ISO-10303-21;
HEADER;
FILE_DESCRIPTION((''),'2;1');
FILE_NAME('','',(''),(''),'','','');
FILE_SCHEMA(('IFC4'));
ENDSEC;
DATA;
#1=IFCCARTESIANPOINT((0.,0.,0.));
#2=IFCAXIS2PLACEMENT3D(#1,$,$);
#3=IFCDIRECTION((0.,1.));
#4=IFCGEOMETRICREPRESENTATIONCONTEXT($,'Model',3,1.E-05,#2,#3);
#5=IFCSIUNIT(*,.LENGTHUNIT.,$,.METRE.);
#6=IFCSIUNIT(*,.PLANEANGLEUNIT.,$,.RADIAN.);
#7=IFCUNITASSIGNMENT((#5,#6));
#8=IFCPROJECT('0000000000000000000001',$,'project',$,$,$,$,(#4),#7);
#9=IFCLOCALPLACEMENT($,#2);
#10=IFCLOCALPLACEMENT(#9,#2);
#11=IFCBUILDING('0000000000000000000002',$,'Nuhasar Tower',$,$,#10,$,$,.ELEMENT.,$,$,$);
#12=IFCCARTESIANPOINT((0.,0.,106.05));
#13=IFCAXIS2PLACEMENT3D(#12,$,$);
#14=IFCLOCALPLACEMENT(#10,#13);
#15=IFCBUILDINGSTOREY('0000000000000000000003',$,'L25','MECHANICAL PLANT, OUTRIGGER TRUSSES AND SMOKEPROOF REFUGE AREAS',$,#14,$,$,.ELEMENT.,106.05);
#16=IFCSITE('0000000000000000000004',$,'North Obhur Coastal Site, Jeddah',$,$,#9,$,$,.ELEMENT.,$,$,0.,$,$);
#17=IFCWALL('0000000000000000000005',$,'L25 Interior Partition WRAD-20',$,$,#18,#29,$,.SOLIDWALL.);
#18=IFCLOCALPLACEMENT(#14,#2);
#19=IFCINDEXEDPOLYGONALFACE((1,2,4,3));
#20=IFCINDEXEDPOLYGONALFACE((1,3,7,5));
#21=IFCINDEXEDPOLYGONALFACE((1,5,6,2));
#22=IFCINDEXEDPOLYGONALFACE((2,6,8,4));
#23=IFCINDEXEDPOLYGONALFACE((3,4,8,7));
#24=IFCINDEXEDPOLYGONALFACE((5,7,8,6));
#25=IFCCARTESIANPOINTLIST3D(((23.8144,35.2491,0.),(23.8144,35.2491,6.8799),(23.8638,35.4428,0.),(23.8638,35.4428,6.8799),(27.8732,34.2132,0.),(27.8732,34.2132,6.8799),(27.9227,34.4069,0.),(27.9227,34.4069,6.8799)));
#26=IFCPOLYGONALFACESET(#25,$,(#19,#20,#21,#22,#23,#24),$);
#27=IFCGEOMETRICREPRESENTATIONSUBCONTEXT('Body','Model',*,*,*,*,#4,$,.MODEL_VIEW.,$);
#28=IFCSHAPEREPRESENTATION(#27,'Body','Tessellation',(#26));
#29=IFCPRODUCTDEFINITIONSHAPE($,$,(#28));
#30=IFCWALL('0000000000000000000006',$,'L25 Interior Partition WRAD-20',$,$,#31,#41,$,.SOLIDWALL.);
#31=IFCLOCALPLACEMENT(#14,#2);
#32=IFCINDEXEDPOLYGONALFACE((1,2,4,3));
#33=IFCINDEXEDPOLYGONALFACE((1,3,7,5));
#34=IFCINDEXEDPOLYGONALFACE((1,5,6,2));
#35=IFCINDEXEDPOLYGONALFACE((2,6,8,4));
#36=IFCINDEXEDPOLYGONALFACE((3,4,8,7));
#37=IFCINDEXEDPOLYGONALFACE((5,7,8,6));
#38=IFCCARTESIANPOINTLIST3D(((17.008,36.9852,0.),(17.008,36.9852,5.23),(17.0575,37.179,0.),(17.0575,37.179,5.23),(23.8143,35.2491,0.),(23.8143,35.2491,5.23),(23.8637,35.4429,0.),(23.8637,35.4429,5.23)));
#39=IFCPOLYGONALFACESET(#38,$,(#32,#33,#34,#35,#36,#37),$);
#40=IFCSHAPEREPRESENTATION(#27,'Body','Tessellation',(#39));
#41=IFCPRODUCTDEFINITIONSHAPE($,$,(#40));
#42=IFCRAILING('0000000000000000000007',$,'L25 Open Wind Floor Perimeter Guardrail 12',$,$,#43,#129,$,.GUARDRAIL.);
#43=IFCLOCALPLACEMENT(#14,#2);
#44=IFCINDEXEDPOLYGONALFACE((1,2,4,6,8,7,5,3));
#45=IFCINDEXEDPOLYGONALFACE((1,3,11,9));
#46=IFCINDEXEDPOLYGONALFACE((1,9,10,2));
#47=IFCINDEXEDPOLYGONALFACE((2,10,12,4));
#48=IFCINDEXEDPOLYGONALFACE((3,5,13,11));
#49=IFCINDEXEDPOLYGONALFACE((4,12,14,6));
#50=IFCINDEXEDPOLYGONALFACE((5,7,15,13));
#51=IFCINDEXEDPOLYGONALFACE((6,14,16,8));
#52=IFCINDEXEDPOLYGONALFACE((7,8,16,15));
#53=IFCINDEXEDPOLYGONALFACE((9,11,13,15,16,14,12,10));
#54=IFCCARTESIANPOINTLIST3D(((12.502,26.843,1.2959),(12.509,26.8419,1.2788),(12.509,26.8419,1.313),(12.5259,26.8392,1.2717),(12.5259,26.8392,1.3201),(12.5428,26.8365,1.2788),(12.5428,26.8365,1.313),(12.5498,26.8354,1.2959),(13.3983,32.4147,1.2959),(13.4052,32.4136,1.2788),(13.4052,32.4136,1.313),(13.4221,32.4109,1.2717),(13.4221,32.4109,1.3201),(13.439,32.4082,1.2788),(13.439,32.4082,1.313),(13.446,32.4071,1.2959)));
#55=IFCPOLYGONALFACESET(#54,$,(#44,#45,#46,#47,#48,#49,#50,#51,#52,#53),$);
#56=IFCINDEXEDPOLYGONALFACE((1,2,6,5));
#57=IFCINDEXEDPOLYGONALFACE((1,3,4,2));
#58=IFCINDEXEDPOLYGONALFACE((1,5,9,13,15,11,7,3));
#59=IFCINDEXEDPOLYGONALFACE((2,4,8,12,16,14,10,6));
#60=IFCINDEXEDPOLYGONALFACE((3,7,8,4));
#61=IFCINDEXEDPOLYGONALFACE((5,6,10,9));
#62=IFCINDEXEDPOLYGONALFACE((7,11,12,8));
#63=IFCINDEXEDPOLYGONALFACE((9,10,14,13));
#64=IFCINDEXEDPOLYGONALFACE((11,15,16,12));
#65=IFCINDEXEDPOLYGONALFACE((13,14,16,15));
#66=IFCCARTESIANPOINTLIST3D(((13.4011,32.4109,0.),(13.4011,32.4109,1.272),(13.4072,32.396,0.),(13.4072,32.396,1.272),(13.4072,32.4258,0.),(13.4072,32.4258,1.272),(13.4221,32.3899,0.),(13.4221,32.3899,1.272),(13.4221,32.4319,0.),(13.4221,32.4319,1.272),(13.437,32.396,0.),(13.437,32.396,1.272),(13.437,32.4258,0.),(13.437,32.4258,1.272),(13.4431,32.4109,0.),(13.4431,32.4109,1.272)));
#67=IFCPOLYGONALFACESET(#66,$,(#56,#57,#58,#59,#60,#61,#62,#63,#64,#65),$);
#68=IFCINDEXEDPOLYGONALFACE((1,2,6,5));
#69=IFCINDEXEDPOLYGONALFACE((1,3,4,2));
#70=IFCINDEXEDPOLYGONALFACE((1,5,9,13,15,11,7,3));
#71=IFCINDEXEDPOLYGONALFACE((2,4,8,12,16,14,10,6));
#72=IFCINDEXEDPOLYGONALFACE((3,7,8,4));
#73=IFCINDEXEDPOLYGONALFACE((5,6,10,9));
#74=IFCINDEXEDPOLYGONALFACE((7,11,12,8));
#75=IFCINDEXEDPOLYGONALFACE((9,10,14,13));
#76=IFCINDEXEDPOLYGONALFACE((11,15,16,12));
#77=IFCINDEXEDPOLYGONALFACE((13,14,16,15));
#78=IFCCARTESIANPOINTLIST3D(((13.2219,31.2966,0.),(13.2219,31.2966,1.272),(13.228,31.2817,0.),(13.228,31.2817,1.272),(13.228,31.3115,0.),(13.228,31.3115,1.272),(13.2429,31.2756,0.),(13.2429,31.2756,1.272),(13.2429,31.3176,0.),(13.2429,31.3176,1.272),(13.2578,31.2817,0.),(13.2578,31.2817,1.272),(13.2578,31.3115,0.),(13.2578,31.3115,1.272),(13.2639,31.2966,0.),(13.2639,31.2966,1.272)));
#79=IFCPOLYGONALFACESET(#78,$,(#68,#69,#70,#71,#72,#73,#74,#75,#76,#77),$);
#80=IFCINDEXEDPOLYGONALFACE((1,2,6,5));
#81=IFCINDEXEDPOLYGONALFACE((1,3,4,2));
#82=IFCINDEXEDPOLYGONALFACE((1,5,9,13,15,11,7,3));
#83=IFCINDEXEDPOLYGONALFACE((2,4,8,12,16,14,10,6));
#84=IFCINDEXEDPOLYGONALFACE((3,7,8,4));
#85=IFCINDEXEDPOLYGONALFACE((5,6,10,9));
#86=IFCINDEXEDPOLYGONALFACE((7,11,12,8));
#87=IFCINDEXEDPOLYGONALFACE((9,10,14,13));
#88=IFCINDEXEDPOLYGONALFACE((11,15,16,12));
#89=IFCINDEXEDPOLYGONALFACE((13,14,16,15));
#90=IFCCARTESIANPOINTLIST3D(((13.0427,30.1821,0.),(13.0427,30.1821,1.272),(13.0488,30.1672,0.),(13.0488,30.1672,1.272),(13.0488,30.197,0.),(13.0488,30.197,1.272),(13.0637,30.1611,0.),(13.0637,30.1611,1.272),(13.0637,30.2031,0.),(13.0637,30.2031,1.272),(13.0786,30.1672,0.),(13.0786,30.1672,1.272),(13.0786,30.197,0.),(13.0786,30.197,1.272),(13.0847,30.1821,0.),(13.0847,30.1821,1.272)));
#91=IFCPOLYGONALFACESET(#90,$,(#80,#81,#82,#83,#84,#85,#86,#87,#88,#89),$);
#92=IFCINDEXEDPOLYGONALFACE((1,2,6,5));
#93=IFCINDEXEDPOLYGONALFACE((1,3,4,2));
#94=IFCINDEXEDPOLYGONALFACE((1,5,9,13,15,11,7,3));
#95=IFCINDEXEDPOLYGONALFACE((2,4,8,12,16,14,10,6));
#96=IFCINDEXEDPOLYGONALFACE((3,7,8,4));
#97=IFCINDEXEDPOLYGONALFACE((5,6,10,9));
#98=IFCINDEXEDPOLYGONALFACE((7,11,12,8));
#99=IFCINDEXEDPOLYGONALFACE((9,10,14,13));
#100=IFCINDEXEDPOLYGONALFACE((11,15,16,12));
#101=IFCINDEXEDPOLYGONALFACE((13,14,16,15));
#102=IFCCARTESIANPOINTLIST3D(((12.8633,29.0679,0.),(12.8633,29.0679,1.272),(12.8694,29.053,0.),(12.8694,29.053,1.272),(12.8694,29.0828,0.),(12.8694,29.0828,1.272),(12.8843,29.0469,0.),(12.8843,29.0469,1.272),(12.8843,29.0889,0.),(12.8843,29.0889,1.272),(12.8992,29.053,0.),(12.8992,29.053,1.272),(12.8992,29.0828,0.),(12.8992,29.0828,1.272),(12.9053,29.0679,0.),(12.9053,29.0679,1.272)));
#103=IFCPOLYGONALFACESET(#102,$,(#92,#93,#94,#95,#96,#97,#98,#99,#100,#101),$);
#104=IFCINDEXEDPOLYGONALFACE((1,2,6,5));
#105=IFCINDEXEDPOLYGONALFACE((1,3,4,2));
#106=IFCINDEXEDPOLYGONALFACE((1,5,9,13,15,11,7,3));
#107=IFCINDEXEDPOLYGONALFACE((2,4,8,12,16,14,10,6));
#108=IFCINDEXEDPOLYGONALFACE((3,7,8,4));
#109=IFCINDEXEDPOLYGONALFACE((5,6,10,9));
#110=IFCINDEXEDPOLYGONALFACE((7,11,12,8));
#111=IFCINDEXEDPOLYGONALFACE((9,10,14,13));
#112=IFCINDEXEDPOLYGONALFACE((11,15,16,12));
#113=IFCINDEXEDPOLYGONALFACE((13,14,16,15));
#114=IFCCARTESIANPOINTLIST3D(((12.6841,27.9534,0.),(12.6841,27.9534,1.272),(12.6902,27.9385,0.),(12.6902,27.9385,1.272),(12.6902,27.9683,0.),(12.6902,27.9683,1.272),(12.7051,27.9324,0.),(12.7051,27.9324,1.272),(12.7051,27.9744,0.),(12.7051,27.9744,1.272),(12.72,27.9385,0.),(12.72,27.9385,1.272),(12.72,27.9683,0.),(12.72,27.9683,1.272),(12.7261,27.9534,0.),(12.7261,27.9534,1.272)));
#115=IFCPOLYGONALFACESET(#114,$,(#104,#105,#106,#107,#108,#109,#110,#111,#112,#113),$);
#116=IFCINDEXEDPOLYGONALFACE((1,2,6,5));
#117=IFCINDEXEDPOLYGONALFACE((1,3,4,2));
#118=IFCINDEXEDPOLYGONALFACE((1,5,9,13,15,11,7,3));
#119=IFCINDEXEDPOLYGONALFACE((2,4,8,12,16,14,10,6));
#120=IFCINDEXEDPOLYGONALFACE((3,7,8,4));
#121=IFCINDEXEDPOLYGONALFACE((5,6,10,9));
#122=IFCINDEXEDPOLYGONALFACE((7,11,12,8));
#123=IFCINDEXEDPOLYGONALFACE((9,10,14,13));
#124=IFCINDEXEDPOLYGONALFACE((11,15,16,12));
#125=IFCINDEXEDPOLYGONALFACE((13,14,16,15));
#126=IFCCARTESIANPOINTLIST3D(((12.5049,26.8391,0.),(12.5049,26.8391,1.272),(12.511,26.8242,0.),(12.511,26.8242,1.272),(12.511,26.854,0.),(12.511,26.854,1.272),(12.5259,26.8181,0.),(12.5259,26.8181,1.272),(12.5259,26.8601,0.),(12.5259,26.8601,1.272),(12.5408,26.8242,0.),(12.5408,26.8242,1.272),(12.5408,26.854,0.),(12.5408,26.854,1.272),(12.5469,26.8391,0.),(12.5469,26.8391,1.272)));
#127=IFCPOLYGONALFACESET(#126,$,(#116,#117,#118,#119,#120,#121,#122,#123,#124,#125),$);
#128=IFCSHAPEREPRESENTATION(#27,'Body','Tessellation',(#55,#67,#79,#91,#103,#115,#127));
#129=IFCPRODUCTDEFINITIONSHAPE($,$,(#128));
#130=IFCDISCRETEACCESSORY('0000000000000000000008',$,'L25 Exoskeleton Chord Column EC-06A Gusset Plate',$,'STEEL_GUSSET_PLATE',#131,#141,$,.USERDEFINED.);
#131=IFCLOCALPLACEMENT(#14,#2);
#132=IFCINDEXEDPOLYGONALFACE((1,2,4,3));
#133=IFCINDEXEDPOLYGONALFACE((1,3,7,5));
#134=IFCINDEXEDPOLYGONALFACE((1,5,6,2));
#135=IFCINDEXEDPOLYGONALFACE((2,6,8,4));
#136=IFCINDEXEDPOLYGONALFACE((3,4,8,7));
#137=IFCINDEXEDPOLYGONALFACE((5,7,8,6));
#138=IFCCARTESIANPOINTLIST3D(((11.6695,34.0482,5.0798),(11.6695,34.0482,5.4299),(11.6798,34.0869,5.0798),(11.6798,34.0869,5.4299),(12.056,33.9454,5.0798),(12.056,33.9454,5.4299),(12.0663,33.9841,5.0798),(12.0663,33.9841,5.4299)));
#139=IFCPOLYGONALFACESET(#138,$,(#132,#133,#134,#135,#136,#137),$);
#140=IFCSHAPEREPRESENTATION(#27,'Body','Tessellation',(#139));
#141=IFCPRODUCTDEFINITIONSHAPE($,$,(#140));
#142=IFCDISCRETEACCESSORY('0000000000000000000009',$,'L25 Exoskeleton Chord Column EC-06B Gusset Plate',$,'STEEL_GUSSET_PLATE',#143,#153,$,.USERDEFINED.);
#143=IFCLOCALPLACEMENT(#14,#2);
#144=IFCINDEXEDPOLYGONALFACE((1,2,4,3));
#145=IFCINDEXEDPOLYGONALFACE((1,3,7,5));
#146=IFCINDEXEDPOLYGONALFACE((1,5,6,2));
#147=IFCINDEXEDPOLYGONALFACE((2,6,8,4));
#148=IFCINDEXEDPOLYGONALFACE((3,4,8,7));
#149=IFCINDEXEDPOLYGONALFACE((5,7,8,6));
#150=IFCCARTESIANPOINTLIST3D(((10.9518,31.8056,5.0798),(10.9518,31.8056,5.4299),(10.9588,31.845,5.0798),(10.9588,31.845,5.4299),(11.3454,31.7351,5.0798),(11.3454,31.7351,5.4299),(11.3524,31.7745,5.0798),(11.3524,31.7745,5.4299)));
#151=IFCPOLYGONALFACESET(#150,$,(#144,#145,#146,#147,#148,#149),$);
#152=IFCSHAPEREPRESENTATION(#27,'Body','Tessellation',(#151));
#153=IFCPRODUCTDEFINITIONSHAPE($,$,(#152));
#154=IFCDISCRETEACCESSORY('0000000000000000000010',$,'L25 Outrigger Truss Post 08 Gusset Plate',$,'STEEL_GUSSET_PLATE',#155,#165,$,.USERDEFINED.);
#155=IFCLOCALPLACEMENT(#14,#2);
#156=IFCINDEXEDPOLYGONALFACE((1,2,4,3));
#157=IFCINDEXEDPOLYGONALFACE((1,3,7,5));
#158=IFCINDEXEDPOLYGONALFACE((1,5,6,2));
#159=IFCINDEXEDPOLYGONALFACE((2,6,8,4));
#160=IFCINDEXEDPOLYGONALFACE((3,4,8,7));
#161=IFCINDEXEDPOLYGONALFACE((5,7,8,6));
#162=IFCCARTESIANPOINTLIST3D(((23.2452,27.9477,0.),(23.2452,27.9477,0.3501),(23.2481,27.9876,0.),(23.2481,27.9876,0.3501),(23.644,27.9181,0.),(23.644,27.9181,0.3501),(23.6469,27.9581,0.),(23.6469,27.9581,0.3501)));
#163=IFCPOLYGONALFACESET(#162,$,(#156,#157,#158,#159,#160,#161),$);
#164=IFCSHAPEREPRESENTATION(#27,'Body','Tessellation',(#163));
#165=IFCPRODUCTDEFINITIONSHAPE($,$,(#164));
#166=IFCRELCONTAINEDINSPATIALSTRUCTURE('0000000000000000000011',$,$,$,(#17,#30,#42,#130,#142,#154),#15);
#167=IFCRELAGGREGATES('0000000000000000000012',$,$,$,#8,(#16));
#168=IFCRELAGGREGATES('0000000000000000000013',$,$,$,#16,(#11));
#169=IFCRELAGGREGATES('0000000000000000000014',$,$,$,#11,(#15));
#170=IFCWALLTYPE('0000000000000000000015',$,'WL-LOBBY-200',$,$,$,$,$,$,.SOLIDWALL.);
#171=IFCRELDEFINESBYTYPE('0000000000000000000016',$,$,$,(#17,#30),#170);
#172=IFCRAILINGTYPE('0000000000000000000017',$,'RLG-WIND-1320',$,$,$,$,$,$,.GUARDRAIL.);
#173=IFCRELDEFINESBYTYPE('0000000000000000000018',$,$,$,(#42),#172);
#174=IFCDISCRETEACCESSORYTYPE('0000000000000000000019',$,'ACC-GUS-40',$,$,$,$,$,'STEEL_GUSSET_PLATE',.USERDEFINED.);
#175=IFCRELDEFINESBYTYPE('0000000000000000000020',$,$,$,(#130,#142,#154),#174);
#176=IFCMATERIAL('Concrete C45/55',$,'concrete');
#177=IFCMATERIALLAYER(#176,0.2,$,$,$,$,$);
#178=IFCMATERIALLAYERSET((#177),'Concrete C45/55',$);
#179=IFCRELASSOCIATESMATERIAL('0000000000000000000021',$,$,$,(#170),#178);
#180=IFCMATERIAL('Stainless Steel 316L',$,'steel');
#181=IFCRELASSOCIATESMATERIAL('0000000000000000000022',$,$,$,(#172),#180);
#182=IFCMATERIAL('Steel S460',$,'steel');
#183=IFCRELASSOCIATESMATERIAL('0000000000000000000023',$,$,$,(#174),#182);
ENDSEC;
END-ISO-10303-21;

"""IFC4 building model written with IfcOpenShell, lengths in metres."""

from ifc_helpers import new_model, si_unit, direction, frame, frame_2d, origin, origin_2d, place, context, subcontext, project, spatial, polyline, rectangle, outline, extrude, material, layer, layer_set, type_object, element, save


model = new_model("IFC4")

# Units and contexts
model_context = context("Model", 3, precision=1e-05, world=origin(), true_north=direction((0.0, 1.0)))
body_context = subcontext(model_context, "Body", "Model", "MODEL_VIEW")
ifc_project = project(units=[si_unit("LENGTHUNIT", "METRE"), si_unit("PLANEANGLEUNIT", "RADIAN")], contexts=[model_context])

# Site, building, storey
site_placement = place(None, origin())
site = spatial("IfcSite", under=ifc_project, at=site_placement, Name="North Obhur Coastal Site, Jeddah", CompositionType="ELEMENT", RefElevation=0.0)
building_placement = place(site_placement, origin())
building = spatial("IfcBuilding", under=site, at=building_placement, Name="Nuhasar Tower", CompositionType="ELEMENT")
storey_placement = place(building_placement, frame((0.0, 0.0, 106.05)))
storey = spatial("IfcBuildingStorey", under=building, at=storey_placement, Name="L25", Description="MECHANICAL PLANT, OUTRIGGER TRUSSES AND SMOKEPROOF REFUGE AREAS", CompositionType="ELEMENT", Elevation=106.05)

# Shared definitions
ifc_material_1 = material(Name="Steel S460", Category="steel")

# Walls
ifc_material_2 = material(Name="Concrete C45/55", Category="concrete")
ifc_layer_1 = layer(ifc_material_2, 0.2)
ifc_layer_set_1 = layer_set([ifc_layer_1], Name="Concrete C45/55")
wall_type_1 = type_object("IfcWallType", Name="WL-LOBBY-200", PredefinedType="SOLIDWALL", material=ifc_layer_set_1)
wall_1_placement = place(storey_placement, frame((27.8979, 34.3101, 0.0), z_axis=(0.0, 0.0, 1.0), x_axis=(-0.968941, 0.247291, 0.0)))
element("IfcWall", 1, at=wall_1_placement, inside=storey, type_object=wall_type_1, Name="L25 Interior Partition WRAD-20", PredefinedType="SOLIDWALL", context=body_context, shape_type="SweptSolid", body=[
    extrude(rectangle(XDim=4.189, YDim=0.2, at=frame_2d((2.0945, 0.0))), origin(), (0.0, 0.0, 1.0), 6.8799),
])
wall_2_placement = place(storey_placement, frame((23.8391, 35.3459, 0.0), z_axis=(0.0, 0.0, 1.0), x_axis=(-0.968974, 0.247162, 0.0)))
element("IfcWall", 2, at=wall_2_placement, inside=storey, type_object=wall_type_1, Name="L25 Interior Partition WRAD-20", PredefinedType="SOLIDWALL", context=body_context, shape_type="SweptSolid", body=[
    extrude(rectangle(XDim=7.0242, YDim=0.2, at=frame_2d((3.5122, 0.0))), origin(), (0.0, 0.0, 1.0), 5.23),
])

# Railing
ifc_material_3 = material(Name="Stainless Steel 316L", Category="steel")
railing_type = type_object("IfcRailingType", Name="RLG-WIND-1320", PredefinedType="GUARDRAIL", material=ifc_material_3)
railing_placement = place(storey_placement, frame((13.4221, 32.4109, 0.0)))
element("IfcRailing", 3, at=railing_placement, inside=storey, type_object=railing_type, Name="L25 Open Wind Floor Perimeter Guardrail 12", PredefinedType="GUARDRAIL", context=body_context, shape_type="SweptSolid", body=[
    extrude(outline(polyline([(0.0242, 0.0), (0.0171, 0.0171), (0.0, 0.0242), (-0.0171, 0.0171), (-0.0242, 0.0), (-0.0171, -0.0171), (0.0, -0.0242), (0.0171, -0.0171), (0.0242, 0.0)])), frame((0.0, 0.0, 1.2959), z_axis=(-0.158812, -0.987309, 0.0), x_axis=(0.987309, -0.158812, 0.0)), (0.0, 0.0, 1.0), 5.6433),
    extrude(outline(polyline([(0.021, 0.0), (0.0149, 0.0149), (0.0, 0.021), (-0.0149, 0.0149), (-0.021, 0.0), (-0.0149, -0.0149), (0.0, -0.021), (0.0149, -0.0149), (0.021, 0.0)])), origin(), (0.0, 0.0, 1.0), 1.272),
    extrude(outline(polyline([(0.021, 0.0), (0.0149, 0.0149), (0.0, 0.021), (-0.0149, 0.0149), (-0.021, 0.0), (-0.0149, -0.0149), (0.0, -0.021), (0.0149, -0.0149), (0.021, 0.0)])), frame((-0.1792, -1.1143, 0.0)), (0.0, 0.0, 1.0), 1.272),
    extrude(outline(polyline([(0.021, 0.0), (0.0149, 0.0149), (0.0, 0.021), (-0.0149, 0.0149), (-0.021, 0.0), (-0.0149, -0.0149), (0.0, -0.021), (0.0149, -0.0149), (0.021, 0.0)])), frame((-0.3584, -2.2288, 0.0)), (0.0, 0.0, 1.0), 1.272),
    extrude(outline(polyline([(0.021, 0.0), (0.0149, 0.0149), (0.0, 0.021), (-0.0149, 0.0149), (-0.021, 0.0), (-0.0149, -0.0149), (0.0, -0.021), (0.0149, -0.0149), (0.021, 0.0)])), frame((-0.5378, -3.343, 0.0)), (0.0, 0.0, 1.0), 1.272),
    extrude(outline(polyline([(0.021, 0.0), (0.0149, 0.0149), (0.0, 0.021), (-0.0149, 0.0149), (-0.021, 0.0), (-0.0149, -0.0149), (0.0, -0.021), (0.0149, -0.0149), (0.021, 0.0)])), frame((-0.717, -4.4575, 0.0)), (0.0, 0.0, 1.0), 1.272),
    extrude(outline(polyline([(0.021, 0.0), (0.0149, 0.0149), (0.0, 0.021), (-0.0149, 0.0149), (-0.021, 0.0), (-0.0149, -0.0149), (0.0, -0.021), (0.0149, -0.0149), (0.021, 0.0)])), frame((-0.8962, -5.5718, 0.0)), (0.0, 0.0, 1.0), 1.272),
])

# Discrete accessories
discrete_accessory_type = type_object("IfcDiscreteAccessoryType", Name="ACC-GUS-40", ElementType="STEEL_GUSSET_PLATE", PredefinedType="USERDEFINED", material=ifc_material_1)
for number, where, z_axis, x_axis, name in (
    (4, (11.8679, 34.0161, 5.0798), (0.0, 0.0, 1.0), (-0.966403, 0.257032, 0.0), "L25 Exoskeleton Chord Column EC-06A Gusset Plate"),
    (5, (11.1521, 31.79, 5.0798), (0.0, 0.0, 1.0), (-0.984322, 0.17638, 0.0), "L25 Exoskeleton Chord Column EC-06B Gusset Plate"),
    (6, (23.446, 27.9529, 0.0), (0.0, 0.0, 1.0), (-0.997263, 0.073934, 0.0), "L25 Outrigger Truss Post 08 Gusset Plate"),
):
    element("IfcDiscreteAccessory", number, at=place(storey_placement, frame(where, z_axis=z_axis, x_axis=x_axis)), inside=storey, type_object=discrete_accessory_type, Name=name, ObjectType="STEEL_GUSSET_PLATE", PredefinedType="USERDEFINED", context=body_context, shape_type="SweptSolid", body=[
        extrude(rectangle(XDim=0.3999, YDim=0.04, at=origin_2d()), origin(), (0.0, 0.0, 1.0), 0.3501),
    ])

save(model, "model.ifc")
